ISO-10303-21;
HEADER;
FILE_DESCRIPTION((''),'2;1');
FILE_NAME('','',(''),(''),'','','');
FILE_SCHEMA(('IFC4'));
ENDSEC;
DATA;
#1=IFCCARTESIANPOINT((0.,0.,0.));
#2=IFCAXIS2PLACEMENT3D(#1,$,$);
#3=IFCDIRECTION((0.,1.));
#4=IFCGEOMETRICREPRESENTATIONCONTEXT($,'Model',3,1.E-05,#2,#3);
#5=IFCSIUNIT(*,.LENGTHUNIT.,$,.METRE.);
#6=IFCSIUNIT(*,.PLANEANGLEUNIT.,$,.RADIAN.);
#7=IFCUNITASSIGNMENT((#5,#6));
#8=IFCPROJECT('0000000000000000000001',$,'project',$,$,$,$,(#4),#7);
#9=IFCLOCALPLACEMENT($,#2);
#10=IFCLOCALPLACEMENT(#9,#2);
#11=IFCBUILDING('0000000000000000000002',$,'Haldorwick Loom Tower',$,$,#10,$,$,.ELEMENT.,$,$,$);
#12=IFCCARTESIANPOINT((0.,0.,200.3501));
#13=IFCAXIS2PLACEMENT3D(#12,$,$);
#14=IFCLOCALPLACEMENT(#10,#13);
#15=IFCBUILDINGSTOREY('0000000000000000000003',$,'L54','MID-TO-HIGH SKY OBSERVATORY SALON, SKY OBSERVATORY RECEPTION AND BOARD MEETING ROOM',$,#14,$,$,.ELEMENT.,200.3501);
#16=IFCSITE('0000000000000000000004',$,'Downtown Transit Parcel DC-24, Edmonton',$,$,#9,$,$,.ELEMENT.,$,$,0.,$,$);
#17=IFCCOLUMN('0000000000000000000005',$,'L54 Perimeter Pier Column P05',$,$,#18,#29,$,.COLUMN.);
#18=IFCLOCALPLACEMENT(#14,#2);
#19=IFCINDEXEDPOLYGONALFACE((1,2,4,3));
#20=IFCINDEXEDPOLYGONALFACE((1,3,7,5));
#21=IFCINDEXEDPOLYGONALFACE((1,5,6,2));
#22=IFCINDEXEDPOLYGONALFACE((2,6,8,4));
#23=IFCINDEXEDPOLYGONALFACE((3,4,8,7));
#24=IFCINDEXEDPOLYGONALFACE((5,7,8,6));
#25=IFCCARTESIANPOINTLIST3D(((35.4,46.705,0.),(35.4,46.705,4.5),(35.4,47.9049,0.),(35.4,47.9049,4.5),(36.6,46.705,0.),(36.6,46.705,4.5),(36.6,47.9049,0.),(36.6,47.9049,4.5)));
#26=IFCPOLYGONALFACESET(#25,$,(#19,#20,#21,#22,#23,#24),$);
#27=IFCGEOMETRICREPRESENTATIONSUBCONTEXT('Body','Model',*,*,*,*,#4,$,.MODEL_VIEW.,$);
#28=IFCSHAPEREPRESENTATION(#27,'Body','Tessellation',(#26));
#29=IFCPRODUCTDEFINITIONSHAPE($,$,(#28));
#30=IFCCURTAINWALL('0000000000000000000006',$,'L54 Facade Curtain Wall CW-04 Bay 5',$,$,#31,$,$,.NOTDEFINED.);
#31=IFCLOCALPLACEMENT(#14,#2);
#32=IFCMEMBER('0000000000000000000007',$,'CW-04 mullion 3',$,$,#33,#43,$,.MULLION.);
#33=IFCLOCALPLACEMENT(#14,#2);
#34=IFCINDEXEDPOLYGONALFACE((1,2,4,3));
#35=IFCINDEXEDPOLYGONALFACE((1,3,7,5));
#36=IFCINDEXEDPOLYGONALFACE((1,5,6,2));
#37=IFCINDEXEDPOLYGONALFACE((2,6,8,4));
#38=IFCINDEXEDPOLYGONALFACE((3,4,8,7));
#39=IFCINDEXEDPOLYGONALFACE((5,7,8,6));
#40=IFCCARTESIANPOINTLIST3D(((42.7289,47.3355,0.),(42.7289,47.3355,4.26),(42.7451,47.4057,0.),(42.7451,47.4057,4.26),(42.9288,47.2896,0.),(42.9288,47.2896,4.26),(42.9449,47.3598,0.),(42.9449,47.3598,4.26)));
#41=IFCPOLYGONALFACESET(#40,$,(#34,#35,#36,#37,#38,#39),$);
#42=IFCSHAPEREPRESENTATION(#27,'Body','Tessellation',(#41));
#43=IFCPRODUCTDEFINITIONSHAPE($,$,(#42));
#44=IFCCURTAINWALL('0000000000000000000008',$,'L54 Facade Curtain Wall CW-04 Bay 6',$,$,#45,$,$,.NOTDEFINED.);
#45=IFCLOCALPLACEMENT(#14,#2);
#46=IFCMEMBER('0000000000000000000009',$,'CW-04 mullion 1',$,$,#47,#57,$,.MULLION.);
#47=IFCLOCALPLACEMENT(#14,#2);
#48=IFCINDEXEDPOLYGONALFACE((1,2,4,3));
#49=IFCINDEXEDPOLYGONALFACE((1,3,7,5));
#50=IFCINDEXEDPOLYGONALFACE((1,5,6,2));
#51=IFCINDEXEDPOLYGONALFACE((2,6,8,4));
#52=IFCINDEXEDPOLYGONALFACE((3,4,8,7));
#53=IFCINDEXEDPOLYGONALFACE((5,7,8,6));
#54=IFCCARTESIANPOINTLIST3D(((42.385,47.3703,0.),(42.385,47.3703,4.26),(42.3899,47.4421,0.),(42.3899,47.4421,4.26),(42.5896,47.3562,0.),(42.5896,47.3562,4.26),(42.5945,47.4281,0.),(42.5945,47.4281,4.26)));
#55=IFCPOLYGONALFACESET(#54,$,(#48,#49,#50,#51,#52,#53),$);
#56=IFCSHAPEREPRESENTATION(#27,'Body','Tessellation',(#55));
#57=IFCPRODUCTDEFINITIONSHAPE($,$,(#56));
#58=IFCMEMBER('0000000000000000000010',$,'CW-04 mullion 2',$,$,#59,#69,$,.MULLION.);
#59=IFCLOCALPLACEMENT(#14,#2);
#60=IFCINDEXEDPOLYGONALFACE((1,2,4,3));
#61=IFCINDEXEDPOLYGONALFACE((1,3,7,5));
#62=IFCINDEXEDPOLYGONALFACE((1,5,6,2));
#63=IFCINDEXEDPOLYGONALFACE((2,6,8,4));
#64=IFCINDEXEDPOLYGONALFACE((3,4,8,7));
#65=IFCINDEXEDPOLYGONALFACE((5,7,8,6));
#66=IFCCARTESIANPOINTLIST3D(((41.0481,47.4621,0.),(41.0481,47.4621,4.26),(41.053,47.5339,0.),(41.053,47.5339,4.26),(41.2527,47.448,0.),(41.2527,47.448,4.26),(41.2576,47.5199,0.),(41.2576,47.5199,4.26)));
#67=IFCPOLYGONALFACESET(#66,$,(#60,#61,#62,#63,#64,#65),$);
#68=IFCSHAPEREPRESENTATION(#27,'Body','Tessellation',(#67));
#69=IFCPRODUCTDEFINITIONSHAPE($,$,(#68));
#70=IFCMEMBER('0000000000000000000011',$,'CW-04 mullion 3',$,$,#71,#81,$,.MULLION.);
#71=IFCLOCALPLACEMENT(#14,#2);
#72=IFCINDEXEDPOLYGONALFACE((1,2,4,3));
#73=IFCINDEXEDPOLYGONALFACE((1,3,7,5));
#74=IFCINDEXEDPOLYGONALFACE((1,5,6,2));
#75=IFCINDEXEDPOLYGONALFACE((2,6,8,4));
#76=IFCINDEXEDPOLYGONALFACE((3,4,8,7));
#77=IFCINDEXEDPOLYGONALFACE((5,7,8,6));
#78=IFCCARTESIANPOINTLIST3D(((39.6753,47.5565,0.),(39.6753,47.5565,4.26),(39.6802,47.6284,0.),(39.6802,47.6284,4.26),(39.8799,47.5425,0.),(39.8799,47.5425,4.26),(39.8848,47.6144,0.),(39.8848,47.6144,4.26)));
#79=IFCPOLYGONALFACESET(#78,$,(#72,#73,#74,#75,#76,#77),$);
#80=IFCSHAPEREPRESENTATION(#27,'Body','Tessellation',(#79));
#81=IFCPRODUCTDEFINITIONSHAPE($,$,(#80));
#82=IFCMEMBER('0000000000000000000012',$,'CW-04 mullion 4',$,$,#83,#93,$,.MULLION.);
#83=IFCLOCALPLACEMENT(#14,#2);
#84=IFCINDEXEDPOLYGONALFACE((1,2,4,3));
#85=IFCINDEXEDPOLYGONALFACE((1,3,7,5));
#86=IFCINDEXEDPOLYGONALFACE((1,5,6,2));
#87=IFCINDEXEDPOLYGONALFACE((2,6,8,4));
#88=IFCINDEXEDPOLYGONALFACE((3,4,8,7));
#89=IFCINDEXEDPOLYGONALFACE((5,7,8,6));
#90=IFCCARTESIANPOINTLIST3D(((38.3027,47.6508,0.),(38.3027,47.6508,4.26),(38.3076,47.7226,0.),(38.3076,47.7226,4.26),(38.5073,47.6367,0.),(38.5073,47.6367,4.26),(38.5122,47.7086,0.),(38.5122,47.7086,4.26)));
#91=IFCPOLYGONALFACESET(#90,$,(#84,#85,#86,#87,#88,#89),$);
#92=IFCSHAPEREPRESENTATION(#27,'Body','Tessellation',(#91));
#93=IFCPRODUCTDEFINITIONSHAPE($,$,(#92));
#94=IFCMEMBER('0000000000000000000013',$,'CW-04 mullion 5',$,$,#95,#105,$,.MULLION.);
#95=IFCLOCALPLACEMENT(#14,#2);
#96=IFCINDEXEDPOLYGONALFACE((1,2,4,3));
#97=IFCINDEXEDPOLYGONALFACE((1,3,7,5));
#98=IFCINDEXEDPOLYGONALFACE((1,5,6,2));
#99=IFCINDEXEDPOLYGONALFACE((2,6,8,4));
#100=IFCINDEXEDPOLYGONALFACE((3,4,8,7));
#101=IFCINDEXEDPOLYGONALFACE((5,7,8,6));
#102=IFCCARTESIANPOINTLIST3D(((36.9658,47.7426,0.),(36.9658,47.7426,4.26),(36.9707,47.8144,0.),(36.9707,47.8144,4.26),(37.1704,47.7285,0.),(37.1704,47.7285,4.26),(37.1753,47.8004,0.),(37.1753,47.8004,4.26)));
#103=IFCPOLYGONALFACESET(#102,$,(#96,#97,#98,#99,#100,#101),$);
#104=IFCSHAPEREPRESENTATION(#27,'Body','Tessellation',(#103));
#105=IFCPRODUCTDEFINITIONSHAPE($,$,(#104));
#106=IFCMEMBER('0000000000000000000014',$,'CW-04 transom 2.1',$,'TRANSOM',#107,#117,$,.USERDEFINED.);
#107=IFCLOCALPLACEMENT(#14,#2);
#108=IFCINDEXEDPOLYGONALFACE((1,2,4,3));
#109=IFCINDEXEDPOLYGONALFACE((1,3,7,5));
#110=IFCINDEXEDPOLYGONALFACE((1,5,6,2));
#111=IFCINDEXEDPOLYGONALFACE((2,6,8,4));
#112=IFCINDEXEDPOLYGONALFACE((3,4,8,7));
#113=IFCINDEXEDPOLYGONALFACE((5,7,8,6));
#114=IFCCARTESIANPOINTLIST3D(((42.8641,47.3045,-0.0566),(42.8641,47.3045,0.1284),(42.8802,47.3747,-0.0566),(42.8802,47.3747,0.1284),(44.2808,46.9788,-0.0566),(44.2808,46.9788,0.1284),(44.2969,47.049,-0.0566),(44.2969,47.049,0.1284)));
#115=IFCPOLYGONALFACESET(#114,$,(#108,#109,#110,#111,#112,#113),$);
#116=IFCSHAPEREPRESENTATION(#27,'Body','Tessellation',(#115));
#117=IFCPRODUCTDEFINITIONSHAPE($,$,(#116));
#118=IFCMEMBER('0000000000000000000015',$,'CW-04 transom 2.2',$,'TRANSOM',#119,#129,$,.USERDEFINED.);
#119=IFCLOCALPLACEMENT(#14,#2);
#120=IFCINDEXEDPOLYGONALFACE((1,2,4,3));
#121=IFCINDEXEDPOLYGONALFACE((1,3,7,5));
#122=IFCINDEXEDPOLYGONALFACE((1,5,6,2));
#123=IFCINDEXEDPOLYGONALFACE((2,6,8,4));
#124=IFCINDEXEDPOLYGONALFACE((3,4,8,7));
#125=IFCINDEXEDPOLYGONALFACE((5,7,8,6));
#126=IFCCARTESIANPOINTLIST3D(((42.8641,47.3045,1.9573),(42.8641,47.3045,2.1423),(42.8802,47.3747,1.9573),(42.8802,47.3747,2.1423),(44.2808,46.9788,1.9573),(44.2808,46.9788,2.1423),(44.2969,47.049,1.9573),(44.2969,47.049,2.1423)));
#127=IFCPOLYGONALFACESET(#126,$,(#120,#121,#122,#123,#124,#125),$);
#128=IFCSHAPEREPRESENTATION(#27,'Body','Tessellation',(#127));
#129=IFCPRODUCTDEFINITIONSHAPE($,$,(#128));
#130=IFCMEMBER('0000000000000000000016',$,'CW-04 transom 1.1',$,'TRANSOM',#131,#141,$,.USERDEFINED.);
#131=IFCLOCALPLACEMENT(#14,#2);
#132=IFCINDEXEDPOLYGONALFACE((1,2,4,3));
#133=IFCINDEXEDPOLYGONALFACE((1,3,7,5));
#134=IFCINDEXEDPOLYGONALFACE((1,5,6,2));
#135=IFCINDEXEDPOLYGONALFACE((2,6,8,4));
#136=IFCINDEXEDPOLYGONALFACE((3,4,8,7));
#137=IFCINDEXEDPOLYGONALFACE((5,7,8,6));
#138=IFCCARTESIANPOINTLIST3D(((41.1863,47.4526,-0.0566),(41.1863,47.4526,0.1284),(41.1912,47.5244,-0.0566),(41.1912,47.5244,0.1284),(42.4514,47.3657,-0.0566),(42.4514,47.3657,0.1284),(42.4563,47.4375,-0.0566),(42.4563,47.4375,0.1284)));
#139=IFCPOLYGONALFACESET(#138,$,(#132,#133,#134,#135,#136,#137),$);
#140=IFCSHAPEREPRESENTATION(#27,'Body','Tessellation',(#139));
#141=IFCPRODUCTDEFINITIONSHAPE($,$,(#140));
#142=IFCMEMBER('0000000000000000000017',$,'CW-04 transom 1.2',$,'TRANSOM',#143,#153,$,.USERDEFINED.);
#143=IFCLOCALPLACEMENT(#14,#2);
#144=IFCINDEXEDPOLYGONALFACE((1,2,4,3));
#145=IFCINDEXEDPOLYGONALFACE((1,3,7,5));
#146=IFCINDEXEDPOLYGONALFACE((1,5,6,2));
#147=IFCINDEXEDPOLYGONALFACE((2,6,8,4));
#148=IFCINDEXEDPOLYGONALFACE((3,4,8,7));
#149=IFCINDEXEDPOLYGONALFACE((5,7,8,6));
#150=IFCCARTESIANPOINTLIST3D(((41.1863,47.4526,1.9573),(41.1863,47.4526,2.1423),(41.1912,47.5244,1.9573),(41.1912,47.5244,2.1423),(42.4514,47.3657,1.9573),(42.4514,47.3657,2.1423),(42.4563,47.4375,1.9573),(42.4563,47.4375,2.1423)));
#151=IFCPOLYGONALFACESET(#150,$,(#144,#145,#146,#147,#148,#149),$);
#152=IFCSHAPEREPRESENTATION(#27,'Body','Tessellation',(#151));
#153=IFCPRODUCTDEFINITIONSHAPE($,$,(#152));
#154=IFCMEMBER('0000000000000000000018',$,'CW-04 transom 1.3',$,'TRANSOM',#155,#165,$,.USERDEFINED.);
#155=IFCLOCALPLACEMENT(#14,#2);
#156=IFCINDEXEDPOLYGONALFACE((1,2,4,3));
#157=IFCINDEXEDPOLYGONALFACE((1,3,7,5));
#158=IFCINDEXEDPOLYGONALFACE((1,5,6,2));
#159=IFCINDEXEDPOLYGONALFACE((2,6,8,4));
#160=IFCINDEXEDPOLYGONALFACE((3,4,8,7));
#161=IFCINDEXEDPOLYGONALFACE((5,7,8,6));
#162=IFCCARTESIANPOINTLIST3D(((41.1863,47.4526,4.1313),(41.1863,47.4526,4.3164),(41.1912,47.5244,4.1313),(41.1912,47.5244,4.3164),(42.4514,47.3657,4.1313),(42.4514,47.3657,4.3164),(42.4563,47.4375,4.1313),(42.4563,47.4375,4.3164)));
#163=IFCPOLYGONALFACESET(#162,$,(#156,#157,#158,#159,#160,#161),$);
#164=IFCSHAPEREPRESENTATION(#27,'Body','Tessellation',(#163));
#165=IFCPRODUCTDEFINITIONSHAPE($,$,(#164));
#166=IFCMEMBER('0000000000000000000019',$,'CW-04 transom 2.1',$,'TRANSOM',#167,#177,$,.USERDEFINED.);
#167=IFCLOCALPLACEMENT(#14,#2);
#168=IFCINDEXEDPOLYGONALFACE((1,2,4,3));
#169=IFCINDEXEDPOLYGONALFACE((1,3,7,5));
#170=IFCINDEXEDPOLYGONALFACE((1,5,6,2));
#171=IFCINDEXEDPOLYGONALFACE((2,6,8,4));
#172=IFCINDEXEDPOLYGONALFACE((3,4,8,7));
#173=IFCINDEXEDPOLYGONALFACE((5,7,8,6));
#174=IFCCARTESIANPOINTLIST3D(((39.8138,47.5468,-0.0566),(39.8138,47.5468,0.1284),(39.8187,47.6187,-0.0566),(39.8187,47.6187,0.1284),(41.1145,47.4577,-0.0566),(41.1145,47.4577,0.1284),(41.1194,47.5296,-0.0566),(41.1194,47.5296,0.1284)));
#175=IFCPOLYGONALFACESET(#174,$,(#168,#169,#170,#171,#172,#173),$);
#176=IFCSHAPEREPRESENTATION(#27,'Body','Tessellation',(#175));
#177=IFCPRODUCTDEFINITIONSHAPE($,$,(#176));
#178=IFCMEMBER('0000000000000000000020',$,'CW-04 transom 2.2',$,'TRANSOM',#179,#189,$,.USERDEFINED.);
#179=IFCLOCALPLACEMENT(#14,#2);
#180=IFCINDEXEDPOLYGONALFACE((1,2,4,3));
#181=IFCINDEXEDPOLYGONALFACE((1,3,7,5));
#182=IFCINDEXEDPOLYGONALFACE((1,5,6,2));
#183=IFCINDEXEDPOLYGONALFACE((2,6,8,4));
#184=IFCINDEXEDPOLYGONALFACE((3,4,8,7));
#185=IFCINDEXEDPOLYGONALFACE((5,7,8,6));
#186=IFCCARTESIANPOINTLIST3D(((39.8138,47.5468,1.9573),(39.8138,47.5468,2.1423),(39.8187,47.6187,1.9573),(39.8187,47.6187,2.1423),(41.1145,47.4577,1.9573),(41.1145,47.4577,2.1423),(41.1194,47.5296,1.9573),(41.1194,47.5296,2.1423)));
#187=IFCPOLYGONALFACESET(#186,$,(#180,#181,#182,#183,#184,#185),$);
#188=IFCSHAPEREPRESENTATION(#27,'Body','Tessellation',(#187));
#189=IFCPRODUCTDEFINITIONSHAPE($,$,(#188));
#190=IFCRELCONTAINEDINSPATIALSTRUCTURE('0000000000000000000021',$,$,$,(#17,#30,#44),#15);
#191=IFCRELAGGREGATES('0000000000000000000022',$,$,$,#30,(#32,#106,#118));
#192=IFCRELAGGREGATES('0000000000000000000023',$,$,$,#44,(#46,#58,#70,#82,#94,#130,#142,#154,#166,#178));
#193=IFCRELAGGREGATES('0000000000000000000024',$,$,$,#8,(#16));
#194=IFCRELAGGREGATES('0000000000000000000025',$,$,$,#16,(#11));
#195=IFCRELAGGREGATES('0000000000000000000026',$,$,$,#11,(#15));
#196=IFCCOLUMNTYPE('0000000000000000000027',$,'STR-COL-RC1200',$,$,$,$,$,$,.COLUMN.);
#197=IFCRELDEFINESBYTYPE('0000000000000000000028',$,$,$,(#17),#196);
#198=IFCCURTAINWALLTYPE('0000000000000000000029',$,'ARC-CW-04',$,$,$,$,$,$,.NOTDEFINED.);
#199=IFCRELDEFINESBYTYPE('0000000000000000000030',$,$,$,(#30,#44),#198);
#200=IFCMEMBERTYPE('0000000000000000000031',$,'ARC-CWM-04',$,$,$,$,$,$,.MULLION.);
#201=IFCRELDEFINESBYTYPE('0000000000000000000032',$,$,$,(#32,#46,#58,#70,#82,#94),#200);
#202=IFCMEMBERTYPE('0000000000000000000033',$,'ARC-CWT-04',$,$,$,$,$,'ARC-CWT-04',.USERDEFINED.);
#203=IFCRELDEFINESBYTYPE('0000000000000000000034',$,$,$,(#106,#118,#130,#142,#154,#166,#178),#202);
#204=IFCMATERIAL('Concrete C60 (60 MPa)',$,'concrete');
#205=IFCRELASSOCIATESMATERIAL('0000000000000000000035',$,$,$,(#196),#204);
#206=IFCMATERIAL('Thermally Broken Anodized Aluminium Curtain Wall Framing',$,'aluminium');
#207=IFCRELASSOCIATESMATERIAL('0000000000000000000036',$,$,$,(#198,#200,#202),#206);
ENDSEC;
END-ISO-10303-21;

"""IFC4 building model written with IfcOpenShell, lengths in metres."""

from ifc_helpers import new_model, si_unit, direction, frame, origin, origin_2d, place, context, subcontext, project, spatial, rectangle, extrude, material, material_profile, profile_set, type_object, element, aggregate, save


model = new_model("IFC4")

# Units and contexts
model_context = context("Model", 3, precision=1e-05, world=origin(), true_north=direction((0.0, 1.0)))
body_context = subcontext(model_context, "Body", "Model", "MODEL_VIEW")
ifc_project = project(units=[si_unit("LENGTHUNIT", "METRE"), si_unit("PLANEANGLEUNIT", "RADIAN")], contexts=[model_context])

# Site, building, storey
site_placement = place(None, origin())
site = spatial("IfcSite", under=ifc_project, at=site_placement, Name="Downtown Transit Parcel DC-24, Edmonton", CompositionType="ELEMENT", RefElevation=0.0)
building_placement = place(site_placement, origin())
building = spatial("IfcBuilding", under=site, at=building_placement, Name="Haldorwick Loom Tower", CompositionType="ELEMENT")
storey_placement = place(building_placement, frame((0.0, 0.0, 200.3501)))
storey = spatial("IfcBuildingStorey", under=building, at=storey_placement, Name="L54", Description="MID-TO-HIGH SKY OBSERVATORY SALON, SKY OBSERVATORY RECEPTION AND BOARD MEETING ROOM", CompositionType="ELEMENT", Elevation=200.3501)

# Column
ifc_material_1 = material(Name="Concrete C60 (60 MPa)", Category="concrete")
ifc_material_profile_1 = material_profile(ifc_material_1, rectangle(XDim=1.2, YDim=1.2, at=origin_2d()), Name="RC1200X1200", Category="concrete")
ifc_profile_set_1 = profile_set([ifc_material_profile_1], Name="Concrete C60 (60 MPa)")
column_type = type_object("IfcColumnType", Name="STR-COL-RC1200", PredefinedType="COLUMN", material=ifc_profile_set_1)
column_placement = place(storey_placement, frame((36.0, 47.3049, 0.0), z_axis=(0.0, 0.0, 1.0), x_axis=(0.0, 1.0, 0.0)))
element("IfcColumn", 1, at=column_placement, inside=storey, type_object=column_type, Name="L54 Perimeter Pier Column P05", PredefinedType="COLUMN", context=body_context, shape_type="SweptSolid", body=[
    extrude(rectangle(XDim=1.2, YDim=1.2, at=origin_2d()), origin(), (0.0, 0.0, 1.0), 4.5),
])

# Curtain wall, member
ifc_material_2 = material(Name="Thermally Broken Anodized Aluminium Curtain Wall Framing", Category="aluminium")
curtain_wall_type = type_object("IfcCurtainWallType", Name="ARC-CW-04", PredefinedType="NOTDEFINED", material=ifc_material_2)
curtain_wall_1_placement = place(storey_placement, origin())
curtain_wall_1 = element("IfcCurtainWall", 2, at=curtain_wall_1_placement, inside=storey, type_object=curtain_wall_type, Name="L54 Facade Curtain Wall CW-04 Bay 5", PredefinedType="NOTDEFINED")
ifc_material_profile_2 = material_profile(ifc_material_2, rectangle(XDim=0.072, YDim=0.2051, at=origin_2d()), Name="ALU_MUL_72X205", Category="aluminium")
ifc_profile_set_2 = profile_set([ifc_material_profile_2], Name="Thermally Broken Anodized Aluminium Curtain Wall Framing")
member_type_1 = type_object("IfcMemberType", Name="ARC-CWM-04", PredefinedType="MULLION", material=ifc_profile_set_2)
member_1_placement = place(storey_placement, frame((42.8369, 47.3477, 0.0), z_axis=(0.0, 0.0, 1.0), x_axis=(-0.224142, -0.974557, 0.0)))
member_1 = element("IfcMember", 3, at=member_1_placement, type_object=member_type_1, Name="CW-04 mullion 3", PredefinedType="MULLION", context=body_context, shape_type="SweptSolid", body=[
    extrude(rectangle(XDim=0.072, YDim=0.2051, at=origin_2d()), origin(), (0.0, 0.0, 1.0), 4.26),
])

# Curtain wall, members
curtain_wall_2_placement = place(storey_placement, origin())
curtain_wall_2 = element("IfcCurtainWall", 4, at=curtain_wall_2_placement, inside=storey, type_object=curtain_wall_type, Name="L54 Facade Curtain Wall CW-04 Bay 6", PredefinedType="NOTDEFINED")
member_2_placement = place(storey_placement, frame((42.4897, 47.3992, 0.0), z_axis=(0.0, 0.0, 1.0), x_axis=(-0.068513, -0.99765, 0.0)))
member_2 = element("IfcMember", 5, at=member_2_placement, type_object=member_type_1, Name="CW-04 mullion 1", PredefinedType="MULLION", context=body_context, shape_type="SweptSolid", body=[
    extrude(rectangle(XDim=0.072, YDim=0.2051, at=origin_2d()), origin(), (0.0, 0.0, 1.0), 4.26),
])
member_3_placement = place(storey_placement, frame((41.1528, 47.491, 0.0), z_axis=(0.0, 0.0, 1.0), x_axis=(-0.068513, -0.99765, 0.0)))
member_3 = element("IfcMember", 6, at=member_3_placement, type_object=member_type_1, Name="CW-04 mullion 2", PredefinedType="MULLION", context=body_context, shape_type="SweptSolid", body=[
    extrude(rectangle(XDim=0.072, YDim=0.2051, at=origin_2d()), origin(), (0.0, 0.0, 1.0), 4.26),
])
member_4_placement = place(storey_placement, frame((39.78, 47.5854, 0.0), z_axis=(0.0, 0.0, 1.0), x_axis=(-0.068513, -0.99765, 0.0)))
member_4 = element("IfcMember", 7, at=member_4_placement, type_object=member_type_1, Name="CW-04 mullion 3", PredefinedType="MULLION", context=body_context, shape_type="SweptSolid", body=[
    extrude(rectangle(XDim=0.072, YDim=0.2051, at=origin_2d()), origin(), (0.0, 0.0, 1.0), 4.26),
])
member_5_placement = place(storey_placement, frame((38.4075, 47.6797, 0.0), z_axis=(0.0, 0.0, 1.0), x_axis=(-0.068513, -0.99765, 0.0)))
member_5 = element("IfcMember", 8, at=member_5_placement, type_object=member_type_1, Name="CW-04 mullion 4", PredefinedType="MULLION", context=body_context, shape_type="SweptSolid", body=[
    extrude(rectangle(XDim=0.072, YDim=0.2051, at=origin_2d()), origin(), (0.0, 0.0, 1.0), 4.26),
])
member_6_placement = place(storey_placement, frame((37.0706, 47.7715, 0.0), z_axis=(0.0, 0.0, 1.0), x_axis=(-0.068513, -0.99765, 0.0)))
member_6 = element("IfcMember", 9, at=member_6_placement, type_object=member_type_1, Name="CW-04 mullion 5", PredefinedType="MULLION", context=body_context, shape_type="SweptSolid", body=[
    extrude(rectangle(XDim=0.072, YDim=0.2051, at=origin_2d()), origin(), (0.0, 0.0, 1.0), 4.26),
])

# Members
ifc_material_profile_3 = material_profile(ifc_material_2, rectangle(XDim=0.072, YDim=0.1851, at=origin_2d()), Name="ALU_TRN_72X185", Category="aluminium")
ifc_profile_set_3 = profile_set([ifc_material_profile_3], Name="Thermally Broken Anodized Aluminium Curtain Wall Framing")
member_type_2 = type_object("IfcMemberType", Name="ARC-CWT-04", ElementType="ARC-CWT-04", PredefinedType="USERDEFINED", material=ifc_profile_set_3)
member_7_placement = place(storey_placement, frame((44.2888, 47.0139, 0.0359), z_axis=(-0.97458, 0.224038, 0.0), x_axis=(-0.224038, -0.97458, 0.0)))
member_7 = element("IfcMember", 10, at=member_7_placement, type_object=member_type_2, Name="CW-04 transom 2.1", ObjectType="TRANSOM", PredefinedType="USERDEFINED", context=body_context, shape_type="SweptSolid", body=[
    extrude(rectangle(XDim=0.072, YDim=0.1851, at=origin_2d()), origin(), (0.0, 0.0, 1.0), 1.4536),
])
member_8_placement = place(storey_placement, frame((44.2888, 47.0139, 2.0498), z_axis=(-0.97458, 0.224038, 0.0), x_axis=(-0.224038, -0.97458, 0.0)))
member_8 = element("IfcMember", 11, at=member_8_placement, type_object=member_type_2, Name="CW-04 transom 2.2", ObjectType="TRANSOM", PredefinedType="USERDEFINED", context=body_context, shape_type="SweptSolid", body=[
    extrude(rectangle(XDim=0.072, YDim=0.1851, at=origin_2d()), origin(), (0.0, 0.0, 1.0), 1.4536),
])
member_9_placement = place(storey_placement, frame((42.4539, 47.4016, 0.0359), z_axis=(-0.997649, 0.068538, 0.0), x_axis=(-0.068538, -0.997649, 0.0)))
member_9 = element("IfcMember", 12, at=member_9_placement, type_object=member_type_2, Name="CW-04 transom 1.1", ObjectType="TRANSOM", PredefinedType="USERDEFINED", context=body_context, shape_type="SweptSolid", body=[
    extrude(rectangle(XDim=0.072, YDim=0.1851, at=origin_2d()), origin(), (0.0, 0.0, 1.0), 1.2681),
])
member_10_placement = place(storey_placement, frame((42.4539, 47.4016, 2.0498), z_axis=(-0.997649, 0.068538, 0.0), x_axis=(-0.068538, -0.997649, 0.0)))
member_10 = element("IfcMember", 13, at=member_10_placement, type_object=member_type_2, Name="CW-04 transom 1.2", ObjectType="TRANSOM", PredefinedType="USERDEFINED", context=body_context, shape_type="SweptSolid", body=[
    extrude(rectangle(XDim=0.072, YDim=0.1851, at=origin_2d()), origin(), (0.0, 0.0, 1.0), 1.2681),
])
member_11_placement = place(storey_placement, frame((42.4539, 47.4016, 4.2239), z_axis=(-0.997649, 0.068538, 0.0), x_axis=(-0.068538, -0.997649, 0.0)))
member_11 = element("IfcMember", 14, at=member_11_placement, type_object=member_type_2, Name="CW-04 transom 1.3", ObjectType="TRANSOM", PredefinedType="USERDEFINED", context=body_context, shape_type="SweptSolid", body=[
    extrude(rectangle(XDim=0.072, YDim=0.1851, at=origin_2d()), origin(), (0.0, 0.0, 1.0), 1.2681),
])
member_12_placement = place(storey_placement, frame((41.1169, 47.4937, 0.0359), z_axis=(-0.997662, 0.068346, 0.0), x_axis=(-0.068346, -0.997662, 0.0)))
member_12 = element("IfcMember", 15, at=member_12_placement, type_object=member_type_2, Name="CW-04 transom 2.1", ObjectType="TRANSOM", PredefinedType="USERDEFINED", context=body_context, shape_type="SweptSolid", body=[
    extrude(rectangle(XDim=0.072, YDim=0.1851, at=origin_2d()), origin(), (0.0, 0.0, 1.0), 1.3037),
])
member_13_placement = place(storey_placement, frame((41.1169, 47.4937, 2.0498), z_axis=(-0.997662, 0.068346, 0.0), x_axis=(-0.068346, -0.997662, 0.0)))
member_13 = element("IfcMember", 16, at=member_13_placement, type_object=member_type_2, Name="CW-04 transom 2.2", ObjectType="TRANSOM", PredefinedType="USERDEFINED", context=body_context, shape_type="SweptSolid", body=[
    extrude(rectangle(XDim=0.072, YDim=0.1851, at=origin_2d()), origin(), (0.0, 0.0, 1.0), 1.3037),
])

aggregate(curtain_wall_1, [member_1, member_7, member_8])
aggregate(curtain_wall_2, [member_2, member_3, member_4, member_5, member_6, member_9, member_10, member_11, member_12, member_13])

save(model, "model.ifc")
